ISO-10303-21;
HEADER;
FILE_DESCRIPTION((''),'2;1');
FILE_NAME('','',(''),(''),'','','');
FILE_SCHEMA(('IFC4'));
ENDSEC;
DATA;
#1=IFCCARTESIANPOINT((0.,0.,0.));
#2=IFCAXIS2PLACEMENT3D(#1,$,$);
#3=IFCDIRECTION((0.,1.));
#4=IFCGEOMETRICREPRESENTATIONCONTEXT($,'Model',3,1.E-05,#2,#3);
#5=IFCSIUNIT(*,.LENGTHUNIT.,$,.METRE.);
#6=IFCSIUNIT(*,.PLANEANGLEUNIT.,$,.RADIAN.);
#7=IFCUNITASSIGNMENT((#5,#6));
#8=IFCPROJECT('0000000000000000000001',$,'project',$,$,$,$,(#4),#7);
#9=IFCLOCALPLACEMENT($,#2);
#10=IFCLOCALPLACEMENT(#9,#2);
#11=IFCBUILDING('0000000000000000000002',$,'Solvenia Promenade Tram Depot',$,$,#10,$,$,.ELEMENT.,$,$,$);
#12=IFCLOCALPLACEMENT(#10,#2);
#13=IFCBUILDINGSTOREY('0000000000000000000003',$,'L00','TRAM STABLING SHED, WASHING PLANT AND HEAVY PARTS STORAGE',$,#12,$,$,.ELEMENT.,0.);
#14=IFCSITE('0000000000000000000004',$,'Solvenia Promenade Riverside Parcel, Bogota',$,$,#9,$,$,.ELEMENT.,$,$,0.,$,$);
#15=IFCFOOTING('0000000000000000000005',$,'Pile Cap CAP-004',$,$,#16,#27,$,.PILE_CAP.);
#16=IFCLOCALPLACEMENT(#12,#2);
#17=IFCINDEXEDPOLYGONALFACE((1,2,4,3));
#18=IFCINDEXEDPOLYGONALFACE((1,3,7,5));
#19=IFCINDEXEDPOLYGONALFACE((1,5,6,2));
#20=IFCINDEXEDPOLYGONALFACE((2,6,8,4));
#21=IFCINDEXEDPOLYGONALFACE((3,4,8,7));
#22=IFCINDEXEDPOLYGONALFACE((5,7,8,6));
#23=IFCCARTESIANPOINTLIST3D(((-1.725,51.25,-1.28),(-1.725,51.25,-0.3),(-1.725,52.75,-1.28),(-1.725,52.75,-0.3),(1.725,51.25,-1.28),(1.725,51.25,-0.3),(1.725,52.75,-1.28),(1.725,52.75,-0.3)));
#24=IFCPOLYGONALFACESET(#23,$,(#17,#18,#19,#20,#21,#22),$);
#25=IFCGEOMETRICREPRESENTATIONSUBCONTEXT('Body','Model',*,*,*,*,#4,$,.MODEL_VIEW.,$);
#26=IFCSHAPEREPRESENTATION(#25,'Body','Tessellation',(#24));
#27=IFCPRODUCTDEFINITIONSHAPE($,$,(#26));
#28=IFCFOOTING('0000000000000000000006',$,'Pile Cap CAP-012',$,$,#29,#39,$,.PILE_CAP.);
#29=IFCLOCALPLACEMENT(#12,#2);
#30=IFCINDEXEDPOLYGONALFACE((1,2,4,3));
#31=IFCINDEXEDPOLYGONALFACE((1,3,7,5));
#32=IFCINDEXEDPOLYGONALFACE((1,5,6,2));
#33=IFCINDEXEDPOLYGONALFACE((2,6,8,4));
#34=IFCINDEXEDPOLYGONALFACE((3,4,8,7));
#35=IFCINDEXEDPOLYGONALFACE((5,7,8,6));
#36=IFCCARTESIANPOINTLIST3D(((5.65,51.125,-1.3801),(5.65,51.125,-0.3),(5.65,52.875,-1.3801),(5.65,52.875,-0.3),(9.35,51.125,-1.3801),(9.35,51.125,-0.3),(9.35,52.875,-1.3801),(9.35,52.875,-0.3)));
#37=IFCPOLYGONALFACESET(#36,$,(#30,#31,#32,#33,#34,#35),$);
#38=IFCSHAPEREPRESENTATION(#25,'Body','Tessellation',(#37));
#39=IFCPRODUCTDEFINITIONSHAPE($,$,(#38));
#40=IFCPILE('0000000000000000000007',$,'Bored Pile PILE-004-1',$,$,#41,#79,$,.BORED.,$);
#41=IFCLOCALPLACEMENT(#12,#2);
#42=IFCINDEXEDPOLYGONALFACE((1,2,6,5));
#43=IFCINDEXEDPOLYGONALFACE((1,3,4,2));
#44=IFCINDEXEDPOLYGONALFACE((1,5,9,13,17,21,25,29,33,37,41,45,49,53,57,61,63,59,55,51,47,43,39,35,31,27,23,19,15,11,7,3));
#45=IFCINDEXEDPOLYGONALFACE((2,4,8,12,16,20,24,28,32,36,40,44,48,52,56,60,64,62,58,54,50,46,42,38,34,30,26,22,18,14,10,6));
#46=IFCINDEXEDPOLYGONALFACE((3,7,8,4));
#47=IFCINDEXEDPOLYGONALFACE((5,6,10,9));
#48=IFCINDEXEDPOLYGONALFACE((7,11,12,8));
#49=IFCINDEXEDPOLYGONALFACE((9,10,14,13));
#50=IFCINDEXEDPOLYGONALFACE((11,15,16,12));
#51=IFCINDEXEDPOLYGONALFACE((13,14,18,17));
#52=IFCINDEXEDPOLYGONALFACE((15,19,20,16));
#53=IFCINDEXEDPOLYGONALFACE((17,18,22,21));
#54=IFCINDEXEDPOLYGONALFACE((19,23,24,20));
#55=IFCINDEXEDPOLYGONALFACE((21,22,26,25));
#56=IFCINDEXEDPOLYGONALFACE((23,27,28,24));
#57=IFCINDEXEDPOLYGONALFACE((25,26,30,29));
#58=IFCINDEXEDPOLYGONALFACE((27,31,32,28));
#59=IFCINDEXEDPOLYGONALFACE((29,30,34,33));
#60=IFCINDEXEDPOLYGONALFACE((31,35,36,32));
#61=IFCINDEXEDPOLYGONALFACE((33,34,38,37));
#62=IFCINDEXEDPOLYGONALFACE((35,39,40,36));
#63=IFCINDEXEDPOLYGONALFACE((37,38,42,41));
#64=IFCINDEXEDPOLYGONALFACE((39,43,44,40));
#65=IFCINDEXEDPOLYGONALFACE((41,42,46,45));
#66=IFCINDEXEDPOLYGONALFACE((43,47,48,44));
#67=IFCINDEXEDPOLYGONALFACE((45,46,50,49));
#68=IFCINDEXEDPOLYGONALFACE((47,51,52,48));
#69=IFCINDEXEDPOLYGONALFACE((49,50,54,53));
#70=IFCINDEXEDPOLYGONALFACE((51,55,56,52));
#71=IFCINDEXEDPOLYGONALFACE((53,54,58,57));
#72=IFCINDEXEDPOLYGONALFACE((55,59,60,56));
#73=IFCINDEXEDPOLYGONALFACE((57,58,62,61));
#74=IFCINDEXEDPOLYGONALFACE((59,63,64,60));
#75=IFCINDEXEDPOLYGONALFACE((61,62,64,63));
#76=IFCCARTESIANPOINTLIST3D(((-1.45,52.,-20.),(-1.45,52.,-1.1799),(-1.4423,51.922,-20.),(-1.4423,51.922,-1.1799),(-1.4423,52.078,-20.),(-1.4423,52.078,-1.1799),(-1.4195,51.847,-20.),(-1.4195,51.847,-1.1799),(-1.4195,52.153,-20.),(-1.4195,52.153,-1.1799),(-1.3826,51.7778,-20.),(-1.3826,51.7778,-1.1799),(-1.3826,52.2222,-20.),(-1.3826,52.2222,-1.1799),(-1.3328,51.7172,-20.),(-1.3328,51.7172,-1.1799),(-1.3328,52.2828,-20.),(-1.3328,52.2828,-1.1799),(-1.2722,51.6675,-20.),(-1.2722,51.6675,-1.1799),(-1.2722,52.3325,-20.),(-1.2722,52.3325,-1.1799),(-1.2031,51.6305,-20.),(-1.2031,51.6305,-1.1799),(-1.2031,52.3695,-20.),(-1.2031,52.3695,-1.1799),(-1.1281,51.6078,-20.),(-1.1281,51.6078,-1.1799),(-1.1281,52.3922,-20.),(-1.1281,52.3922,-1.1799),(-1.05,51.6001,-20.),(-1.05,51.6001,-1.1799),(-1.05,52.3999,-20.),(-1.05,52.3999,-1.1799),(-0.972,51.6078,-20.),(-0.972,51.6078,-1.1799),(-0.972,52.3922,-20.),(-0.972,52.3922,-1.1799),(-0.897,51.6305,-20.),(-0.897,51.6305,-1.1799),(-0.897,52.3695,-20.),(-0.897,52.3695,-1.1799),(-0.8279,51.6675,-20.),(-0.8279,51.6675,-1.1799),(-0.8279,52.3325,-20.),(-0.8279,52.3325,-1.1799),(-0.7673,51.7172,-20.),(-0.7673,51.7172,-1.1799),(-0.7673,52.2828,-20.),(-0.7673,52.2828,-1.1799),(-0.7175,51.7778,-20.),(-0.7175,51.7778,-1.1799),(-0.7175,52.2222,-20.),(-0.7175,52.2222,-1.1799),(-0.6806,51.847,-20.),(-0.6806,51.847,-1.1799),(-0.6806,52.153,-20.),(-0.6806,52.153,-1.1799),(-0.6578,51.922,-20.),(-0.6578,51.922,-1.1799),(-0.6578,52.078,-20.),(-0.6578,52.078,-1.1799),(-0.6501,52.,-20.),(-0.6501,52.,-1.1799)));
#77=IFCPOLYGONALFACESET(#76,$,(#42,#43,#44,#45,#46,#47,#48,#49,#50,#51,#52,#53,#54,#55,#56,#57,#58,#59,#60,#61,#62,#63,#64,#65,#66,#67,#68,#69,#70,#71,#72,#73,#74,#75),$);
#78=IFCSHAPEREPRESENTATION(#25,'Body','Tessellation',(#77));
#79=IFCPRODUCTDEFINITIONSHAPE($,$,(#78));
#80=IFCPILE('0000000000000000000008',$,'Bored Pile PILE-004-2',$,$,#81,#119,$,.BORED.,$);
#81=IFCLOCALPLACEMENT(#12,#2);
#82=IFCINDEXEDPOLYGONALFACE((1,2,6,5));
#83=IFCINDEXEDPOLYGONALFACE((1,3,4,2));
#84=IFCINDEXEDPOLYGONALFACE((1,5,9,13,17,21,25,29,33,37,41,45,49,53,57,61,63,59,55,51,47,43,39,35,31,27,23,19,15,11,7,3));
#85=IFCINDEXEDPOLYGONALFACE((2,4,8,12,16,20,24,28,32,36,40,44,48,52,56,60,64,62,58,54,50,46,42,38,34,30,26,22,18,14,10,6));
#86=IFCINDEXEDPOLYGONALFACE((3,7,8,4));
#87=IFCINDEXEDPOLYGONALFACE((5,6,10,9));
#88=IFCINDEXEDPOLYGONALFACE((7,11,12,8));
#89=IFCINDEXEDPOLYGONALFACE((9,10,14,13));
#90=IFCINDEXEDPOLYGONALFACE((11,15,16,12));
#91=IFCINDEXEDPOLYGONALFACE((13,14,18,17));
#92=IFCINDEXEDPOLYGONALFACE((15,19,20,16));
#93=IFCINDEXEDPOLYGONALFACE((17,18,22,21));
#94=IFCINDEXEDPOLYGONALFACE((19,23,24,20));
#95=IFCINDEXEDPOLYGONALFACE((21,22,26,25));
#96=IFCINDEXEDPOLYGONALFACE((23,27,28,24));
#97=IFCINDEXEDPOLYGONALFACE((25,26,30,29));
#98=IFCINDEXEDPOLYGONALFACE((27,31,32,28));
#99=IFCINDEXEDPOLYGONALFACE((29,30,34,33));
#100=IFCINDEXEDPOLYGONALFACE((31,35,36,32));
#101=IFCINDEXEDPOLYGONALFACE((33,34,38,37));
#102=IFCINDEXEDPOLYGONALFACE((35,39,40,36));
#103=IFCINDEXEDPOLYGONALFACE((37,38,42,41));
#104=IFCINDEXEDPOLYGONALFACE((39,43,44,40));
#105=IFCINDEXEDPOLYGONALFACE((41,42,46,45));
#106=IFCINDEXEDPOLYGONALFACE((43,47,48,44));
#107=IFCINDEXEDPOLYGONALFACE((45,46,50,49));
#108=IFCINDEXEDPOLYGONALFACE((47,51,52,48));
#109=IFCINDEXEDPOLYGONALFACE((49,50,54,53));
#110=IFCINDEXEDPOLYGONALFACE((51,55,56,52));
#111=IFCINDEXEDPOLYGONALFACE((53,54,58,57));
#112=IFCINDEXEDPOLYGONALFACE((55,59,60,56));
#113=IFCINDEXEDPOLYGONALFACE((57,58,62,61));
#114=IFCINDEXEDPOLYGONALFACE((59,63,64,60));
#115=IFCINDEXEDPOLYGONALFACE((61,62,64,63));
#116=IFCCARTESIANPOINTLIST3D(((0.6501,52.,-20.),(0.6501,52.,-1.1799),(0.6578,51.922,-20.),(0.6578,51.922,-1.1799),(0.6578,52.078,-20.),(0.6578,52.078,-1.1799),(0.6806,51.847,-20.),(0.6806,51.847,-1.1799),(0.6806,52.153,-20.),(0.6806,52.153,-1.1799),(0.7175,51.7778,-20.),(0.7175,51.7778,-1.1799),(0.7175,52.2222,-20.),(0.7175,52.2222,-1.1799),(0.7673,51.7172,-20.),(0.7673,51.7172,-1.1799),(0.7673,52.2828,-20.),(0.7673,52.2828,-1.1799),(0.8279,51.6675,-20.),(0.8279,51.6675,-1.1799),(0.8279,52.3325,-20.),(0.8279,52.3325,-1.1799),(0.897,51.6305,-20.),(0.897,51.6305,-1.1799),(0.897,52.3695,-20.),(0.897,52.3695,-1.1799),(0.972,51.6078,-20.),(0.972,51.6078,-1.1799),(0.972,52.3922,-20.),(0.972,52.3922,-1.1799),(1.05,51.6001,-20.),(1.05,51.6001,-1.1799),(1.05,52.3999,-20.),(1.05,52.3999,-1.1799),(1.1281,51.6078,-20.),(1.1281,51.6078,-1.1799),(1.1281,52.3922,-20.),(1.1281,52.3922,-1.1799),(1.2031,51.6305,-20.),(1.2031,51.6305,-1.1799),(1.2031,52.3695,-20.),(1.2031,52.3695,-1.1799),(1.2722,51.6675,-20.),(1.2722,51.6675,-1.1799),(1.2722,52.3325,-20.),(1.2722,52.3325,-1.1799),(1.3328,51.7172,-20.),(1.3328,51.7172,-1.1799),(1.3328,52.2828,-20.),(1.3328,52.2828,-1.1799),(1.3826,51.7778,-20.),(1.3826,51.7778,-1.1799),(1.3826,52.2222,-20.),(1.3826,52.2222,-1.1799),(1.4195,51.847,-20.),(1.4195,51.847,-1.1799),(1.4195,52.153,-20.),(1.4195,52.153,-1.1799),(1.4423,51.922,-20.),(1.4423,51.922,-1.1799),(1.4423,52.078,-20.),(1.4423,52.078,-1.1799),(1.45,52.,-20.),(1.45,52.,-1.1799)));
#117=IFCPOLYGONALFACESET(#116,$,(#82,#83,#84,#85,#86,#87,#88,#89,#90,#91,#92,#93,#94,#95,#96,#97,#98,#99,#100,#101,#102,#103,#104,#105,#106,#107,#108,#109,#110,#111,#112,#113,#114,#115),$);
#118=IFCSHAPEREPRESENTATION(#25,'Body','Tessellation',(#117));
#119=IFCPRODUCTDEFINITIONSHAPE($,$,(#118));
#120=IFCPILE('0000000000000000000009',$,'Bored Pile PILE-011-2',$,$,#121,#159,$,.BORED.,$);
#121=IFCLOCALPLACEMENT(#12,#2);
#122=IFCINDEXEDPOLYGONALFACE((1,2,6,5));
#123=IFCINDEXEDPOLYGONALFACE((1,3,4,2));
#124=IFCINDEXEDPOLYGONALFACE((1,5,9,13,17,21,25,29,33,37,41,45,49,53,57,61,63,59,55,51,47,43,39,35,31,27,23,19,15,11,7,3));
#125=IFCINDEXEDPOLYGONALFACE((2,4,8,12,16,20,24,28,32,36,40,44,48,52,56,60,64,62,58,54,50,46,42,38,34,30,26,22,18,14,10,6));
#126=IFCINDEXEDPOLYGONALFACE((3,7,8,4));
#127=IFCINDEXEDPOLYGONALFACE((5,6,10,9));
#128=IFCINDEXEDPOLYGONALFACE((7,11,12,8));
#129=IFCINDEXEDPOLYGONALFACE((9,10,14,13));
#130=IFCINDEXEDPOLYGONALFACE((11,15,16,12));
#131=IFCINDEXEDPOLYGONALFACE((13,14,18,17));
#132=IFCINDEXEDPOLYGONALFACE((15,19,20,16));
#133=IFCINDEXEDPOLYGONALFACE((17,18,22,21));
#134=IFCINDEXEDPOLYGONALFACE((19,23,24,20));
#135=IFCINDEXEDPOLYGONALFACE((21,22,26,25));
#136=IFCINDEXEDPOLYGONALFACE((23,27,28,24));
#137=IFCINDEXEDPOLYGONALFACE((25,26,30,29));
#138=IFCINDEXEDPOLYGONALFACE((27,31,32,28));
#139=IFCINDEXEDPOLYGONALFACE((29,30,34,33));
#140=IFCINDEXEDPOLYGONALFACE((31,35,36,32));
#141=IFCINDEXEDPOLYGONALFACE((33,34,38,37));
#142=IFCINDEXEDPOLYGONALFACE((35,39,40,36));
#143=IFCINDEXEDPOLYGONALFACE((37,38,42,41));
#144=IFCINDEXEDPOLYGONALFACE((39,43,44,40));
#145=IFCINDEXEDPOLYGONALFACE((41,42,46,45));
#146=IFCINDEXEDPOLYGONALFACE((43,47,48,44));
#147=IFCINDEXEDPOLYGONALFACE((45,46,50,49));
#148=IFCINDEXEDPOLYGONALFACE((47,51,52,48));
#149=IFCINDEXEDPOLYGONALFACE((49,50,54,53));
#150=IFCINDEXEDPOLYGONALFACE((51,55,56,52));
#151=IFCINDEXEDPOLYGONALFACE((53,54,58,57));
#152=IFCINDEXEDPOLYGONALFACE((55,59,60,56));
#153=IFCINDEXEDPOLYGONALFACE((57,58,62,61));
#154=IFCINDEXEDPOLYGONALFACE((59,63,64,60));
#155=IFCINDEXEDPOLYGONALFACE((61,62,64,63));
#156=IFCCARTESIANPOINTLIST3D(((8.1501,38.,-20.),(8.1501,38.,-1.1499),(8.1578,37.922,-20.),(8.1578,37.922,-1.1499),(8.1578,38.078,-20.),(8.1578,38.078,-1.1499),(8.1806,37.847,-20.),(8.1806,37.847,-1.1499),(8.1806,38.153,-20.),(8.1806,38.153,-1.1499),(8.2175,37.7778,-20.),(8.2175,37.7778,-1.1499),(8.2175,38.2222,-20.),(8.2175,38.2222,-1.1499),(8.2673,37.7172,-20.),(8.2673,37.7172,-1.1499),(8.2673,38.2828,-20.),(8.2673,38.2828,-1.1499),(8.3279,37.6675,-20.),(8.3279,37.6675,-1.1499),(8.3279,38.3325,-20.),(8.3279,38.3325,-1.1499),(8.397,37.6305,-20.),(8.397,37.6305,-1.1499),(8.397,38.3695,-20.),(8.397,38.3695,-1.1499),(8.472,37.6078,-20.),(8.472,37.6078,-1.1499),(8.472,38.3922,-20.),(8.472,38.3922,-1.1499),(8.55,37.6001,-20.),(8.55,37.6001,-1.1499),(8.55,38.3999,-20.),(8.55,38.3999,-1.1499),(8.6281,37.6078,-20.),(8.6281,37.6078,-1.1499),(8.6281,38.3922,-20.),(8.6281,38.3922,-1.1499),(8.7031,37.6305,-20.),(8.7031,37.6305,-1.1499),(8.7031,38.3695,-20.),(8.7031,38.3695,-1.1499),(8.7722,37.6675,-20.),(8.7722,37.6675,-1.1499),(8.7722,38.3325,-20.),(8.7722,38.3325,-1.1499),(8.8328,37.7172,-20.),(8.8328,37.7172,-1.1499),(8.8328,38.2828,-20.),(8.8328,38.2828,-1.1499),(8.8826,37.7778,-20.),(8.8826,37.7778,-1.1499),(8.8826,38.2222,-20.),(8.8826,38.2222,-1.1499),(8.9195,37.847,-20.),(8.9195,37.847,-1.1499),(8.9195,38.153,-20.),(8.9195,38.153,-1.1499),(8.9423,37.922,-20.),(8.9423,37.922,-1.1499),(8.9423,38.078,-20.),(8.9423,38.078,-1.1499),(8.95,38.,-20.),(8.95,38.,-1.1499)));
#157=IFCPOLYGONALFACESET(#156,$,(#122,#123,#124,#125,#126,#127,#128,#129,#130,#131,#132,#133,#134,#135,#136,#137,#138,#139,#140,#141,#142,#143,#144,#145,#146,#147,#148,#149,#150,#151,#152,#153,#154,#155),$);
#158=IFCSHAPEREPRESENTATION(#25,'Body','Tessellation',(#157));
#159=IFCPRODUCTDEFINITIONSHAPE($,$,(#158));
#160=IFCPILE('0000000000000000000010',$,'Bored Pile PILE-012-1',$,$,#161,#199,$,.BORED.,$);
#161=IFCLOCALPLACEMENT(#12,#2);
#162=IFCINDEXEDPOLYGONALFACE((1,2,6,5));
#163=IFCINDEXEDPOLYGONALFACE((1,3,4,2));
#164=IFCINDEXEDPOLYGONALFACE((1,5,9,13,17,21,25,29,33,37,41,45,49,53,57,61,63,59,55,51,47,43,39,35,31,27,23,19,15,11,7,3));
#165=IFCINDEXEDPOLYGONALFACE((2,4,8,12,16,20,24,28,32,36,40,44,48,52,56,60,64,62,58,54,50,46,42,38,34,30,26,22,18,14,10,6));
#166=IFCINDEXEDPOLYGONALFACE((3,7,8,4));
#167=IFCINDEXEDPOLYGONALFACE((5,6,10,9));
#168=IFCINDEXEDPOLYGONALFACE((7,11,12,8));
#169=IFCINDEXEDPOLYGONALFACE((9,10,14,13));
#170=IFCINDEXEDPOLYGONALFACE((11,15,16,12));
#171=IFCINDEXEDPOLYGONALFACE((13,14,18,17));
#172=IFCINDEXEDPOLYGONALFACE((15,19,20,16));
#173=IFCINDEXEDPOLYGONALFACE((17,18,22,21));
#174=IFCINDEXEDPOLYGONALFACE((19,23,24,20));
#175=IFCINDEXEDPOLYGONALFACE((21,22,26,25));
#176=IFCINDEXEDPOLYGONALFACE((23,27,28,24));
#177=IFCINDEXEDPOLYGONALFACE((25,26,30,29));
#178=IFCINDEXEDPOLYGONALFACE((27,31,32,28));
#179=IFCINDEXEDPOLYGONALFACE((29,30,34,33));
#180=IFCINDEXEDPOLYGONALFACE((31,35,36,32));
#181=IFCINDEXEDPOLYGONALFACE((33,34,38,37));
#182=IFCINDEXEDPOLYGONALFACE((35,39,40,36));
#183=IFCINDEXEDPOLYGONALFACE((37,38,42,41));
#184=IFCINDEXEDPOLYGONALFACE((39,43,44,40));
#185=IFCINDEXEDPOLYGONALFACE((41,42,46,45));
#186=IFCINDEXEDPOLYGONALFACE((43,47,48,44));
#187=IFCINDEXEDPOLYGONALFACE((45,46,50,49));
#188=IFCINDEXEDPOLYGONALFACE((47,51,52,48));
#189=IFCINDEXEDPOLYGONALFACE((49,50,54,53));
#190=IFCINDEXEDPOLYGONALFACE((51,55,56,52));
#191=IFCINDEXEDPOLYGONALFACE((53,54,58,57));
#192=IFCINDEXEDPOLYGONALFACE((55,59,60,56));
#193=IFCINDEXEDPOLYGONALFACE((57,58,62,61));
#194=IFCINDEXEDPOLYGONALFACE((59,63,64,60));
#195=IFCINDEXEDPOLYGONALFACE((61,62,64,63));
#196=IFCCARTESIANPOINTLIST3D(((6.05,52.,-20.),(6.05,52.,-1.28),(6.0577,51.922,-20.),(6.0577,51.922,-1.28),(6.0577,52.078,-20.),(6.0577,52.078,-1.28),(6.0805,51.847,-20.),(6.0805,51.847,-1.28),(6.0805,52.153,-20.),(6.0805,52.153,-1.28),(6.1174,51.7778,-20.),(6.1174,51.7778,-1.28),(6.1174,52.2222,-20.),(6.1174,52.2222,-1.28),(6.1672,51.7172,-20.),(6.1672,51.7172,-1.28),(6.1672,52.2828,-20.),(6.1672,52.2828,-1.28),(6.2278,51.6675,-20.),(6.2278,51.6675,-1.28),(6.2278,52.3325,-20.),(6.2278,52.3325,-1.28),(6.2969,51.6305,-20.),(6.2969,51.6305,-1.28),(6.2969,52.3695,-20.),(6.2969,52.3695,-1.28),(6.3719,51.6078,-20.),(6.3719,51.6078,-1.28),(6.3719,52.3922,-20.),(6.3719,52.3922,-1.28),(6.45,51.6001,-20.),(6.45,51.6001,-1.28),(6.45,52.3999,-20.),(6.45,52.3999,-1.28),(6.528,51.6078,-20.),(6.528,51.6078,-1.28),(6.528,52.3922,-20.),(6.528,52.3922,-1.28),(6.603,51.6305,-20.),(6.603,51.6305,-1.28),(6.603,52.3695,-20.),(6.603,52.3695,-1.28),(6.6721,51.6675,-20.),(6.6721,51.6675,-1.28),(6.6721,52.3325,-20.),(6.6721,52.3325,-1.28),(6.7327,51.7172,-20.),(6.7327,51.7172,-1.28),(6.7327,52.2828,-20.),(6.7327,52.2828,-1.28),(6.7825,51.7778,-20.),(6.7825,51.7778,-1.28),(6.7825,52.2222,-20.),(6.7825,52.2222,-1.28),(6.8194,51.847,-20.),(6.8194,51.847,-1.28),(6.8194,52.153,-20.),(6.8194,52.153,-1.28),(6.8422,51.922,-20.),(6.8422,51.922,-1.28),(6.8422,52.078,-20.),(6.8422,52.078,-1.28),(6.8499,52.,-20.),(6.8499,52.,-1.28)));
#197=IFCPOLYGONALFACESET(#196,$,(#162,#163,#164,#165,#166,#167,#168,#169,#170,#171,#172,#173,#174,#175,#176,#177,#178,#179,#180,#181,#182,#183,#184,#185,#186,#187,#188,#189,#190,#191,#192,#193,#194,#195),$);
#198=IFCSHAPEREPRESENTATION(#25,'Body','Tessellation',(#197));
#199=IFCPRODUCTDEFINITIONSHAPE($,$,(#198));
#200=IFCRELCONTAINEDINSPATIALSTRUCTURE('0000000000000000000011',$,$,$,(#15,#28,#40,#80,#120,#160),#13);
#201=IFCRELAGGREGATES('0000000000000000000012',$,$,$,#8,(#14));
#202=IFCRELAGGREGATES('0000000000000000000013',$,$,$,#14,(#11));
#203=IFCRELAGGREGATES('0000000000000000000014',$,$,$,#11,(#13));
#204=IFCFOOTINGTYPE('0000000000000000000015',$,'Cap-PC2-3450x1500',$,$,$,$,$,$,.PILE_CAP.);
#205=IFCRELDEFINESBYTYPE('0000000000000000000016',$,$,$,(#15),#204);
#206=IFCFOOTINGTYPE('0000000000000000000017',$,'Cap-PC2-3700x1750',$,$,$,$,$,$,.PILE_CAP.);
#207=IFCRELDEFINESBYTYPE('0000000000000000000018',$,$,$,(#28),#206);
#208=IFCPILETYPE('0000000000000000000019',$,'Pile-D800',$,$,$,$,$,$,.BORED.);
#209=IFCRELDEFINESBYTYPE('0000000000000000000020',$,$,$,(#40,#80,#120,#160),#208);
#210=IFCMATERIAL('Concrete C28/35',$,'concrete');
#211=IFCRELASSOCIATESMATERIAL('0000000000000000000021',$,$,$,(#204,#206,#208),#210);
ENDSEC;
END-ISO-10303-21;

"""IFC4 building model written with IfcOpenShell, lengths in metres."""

from ifc_helpers import new_model, si_unit, direction, frame, origin, origin_2d, place, context, subcontext, project, spatial, rectangle, circle, extrude, material, material_profile, profile_set, type_object, element, save


model = new_model("IFC4")

# Units and contexts
model_context = context("Model", 3, precision=1e-05, world=origin(), true_north=direction((0.0, 1.0)))
body_context = subcontext(model_context, "Body", "Model", "MODEL_VIEW")
ifc_project = project(units=[si_unit("LENGTHUNIT", "METRE"), si_unit("PLANEANGLEUNIT", "RADIAN")], contexts=[model_context])

# Site, building, storey
site_placement = place(None, origin())
site = spatial("IfcSite", under=ifc_project, at=site_placement, Name="Solvenia Promenade Riverside Parcel, Bogota", CompositionType="ELEMENT", RefElevation=0.0)
building_placement = place(site_placement, origin())
building = spatial("IfcBuilding", under=site, at=building_placement, Name="Solvenia Promenade Tram Depot", CompositionType="ELEMENT")
storey_placement = place(building_placement, origin())
storey = spatial("IfcBuildingStorey", under=building, at=storey_placement, Name="L00", Description="TRAM STABLING SHED, WASHING PLANT AND HEAVY PARTS STORAGE", CompositionType="ELEMENT", Elevation=0.0)

# Footings
ifc_material_1 = material(Name="Concrete C28/35", Category="concrete")
footing_type_1 = type_object("IfcFootingType", Name="Cap-PC2-3450x1500", PredefinedType="PILE_CAP", material=ifc_material_1)
footing_1_placement = place(storey_placement, frame((0.0, 52.0, -1.28), z_axis=(0.0, 0.0, 1.0), x_axis=(1.0, 0.0, 0.0)))
element("IfcFooting", 1, at=footing_1_placement, inside=storey, type_object=footing_type_1, Name="Pile Cap CAP-004", PredefinedType="PILE_CAP", context=body_context, shape_type="SweptSolid", body=[
    extrude(rectangle(XDim=3.45, YDim=1.5, at=origin_2d()), origin(), (0.0, 0.0, 1.0), 0.98),
])
footing_type_2 = type_object("IfcFootingType", Name="Cap-PC2-3700x1750", PredefinedType="PILE_CAP", material=ifc_material_1)
footing_2_placement = place(storey_placement, frame((7.5, 52.0, -1.3801), z_axis=(0.0, 0.0, 1.0), x_axis=(1.0, 0.0, 0.0)))
element("IfcFooting", 2, at=footing_2_placement, inside=storey, type_object=footing_type_2, Name="Pile Cap CAP-012", PredefinedType="PILE_CAP", context=body_context, shape_type="SweptSolid", body=[
    extrude(rectangle(XDim=3.7, YDim=1.75, at=origin_2d()), origin(), (0.0, 0.0, 1.0), 1.0801),
])

# Piles
ifc_material_profile_1 = material_profile(ifc_material_1, circle(Radius=0.3999, at=origin_2d()), Name="D800", Category="concrete")
ifc_profile_set_1 = profile_set([ifc_material_profile_1], Name="Concrete C28/35")
pile_type = type_object("IfcPileType", Name="Pile-D800", PredefinedType="BORED", material=ifc_profile_set_1)
for number, where, z_axis, x_axis, name in (
    (3, (-1.05, 52.0, -1.1799), (0.0, 0.0, -1.0), (1.0, 0.0, 0.0), "Bored Pile PILE-004-1"),
    (4, (1.05, 52.0, -1.1799), (0.0, 0.0, -1.0), (1.0, 0.0, 0.0), "Bored Pile PILE-004-2"),
):
    element("IfcPile", number, at=place(storey_placement, frame(where, z_axis=z_axis, x_axis=x_axis)), inside=storey, type_object=pile_type, Name=name, PredefinedType="BORED", context=body_context, shape_type="SweptSolid", body=[
        extrude(circle(Radius=0.3999, at=origin_2d()), origin(), (0.0, 0.0, 1.0), 18.8201),
    ])
pile_placement = place(storey_placement, frame((8.55, 38.0, -1.1499), z_axis=(0.0, 0.0, -1.0), x_axis=(1.0, 0.0, 0.0)))
element("IfcPile", 5, at=pile_placement, inside=storey, type_object=pile_type, Name="Bored Pile PILE-011-2", PredefinedType="BORED", context=body_context, shape_type="SweptSolid", body=[
    extrude(circle(Radius=0.3999, at=origin_2d()), origin(), (0.0, 0.0, 1.0), 18.8501),
])
for number, where, z_axis, x_axis, name in (
    (6, (6.45, 52.0, -1.28), (0.0, 0.0, -1.0), (1.0, 0.0, 0.0), "Bored Pile PILE-012-1"),
):
    element("IfcPile", number, at=place(storey_placement, frame(where, z_axis=z_axis, x_axis=x_axis)), inside=storey, type_object=pile_type, Name=name, PredefinedType="BORED", context=body_context, shape_type="SweptSolid", body=[
        extrude(circle(Radius=0.3999, at=origin_2d()), origin(), (0.0, 0.0, 1.0), 18.72),
    ])

save(model, "model.ifc")
